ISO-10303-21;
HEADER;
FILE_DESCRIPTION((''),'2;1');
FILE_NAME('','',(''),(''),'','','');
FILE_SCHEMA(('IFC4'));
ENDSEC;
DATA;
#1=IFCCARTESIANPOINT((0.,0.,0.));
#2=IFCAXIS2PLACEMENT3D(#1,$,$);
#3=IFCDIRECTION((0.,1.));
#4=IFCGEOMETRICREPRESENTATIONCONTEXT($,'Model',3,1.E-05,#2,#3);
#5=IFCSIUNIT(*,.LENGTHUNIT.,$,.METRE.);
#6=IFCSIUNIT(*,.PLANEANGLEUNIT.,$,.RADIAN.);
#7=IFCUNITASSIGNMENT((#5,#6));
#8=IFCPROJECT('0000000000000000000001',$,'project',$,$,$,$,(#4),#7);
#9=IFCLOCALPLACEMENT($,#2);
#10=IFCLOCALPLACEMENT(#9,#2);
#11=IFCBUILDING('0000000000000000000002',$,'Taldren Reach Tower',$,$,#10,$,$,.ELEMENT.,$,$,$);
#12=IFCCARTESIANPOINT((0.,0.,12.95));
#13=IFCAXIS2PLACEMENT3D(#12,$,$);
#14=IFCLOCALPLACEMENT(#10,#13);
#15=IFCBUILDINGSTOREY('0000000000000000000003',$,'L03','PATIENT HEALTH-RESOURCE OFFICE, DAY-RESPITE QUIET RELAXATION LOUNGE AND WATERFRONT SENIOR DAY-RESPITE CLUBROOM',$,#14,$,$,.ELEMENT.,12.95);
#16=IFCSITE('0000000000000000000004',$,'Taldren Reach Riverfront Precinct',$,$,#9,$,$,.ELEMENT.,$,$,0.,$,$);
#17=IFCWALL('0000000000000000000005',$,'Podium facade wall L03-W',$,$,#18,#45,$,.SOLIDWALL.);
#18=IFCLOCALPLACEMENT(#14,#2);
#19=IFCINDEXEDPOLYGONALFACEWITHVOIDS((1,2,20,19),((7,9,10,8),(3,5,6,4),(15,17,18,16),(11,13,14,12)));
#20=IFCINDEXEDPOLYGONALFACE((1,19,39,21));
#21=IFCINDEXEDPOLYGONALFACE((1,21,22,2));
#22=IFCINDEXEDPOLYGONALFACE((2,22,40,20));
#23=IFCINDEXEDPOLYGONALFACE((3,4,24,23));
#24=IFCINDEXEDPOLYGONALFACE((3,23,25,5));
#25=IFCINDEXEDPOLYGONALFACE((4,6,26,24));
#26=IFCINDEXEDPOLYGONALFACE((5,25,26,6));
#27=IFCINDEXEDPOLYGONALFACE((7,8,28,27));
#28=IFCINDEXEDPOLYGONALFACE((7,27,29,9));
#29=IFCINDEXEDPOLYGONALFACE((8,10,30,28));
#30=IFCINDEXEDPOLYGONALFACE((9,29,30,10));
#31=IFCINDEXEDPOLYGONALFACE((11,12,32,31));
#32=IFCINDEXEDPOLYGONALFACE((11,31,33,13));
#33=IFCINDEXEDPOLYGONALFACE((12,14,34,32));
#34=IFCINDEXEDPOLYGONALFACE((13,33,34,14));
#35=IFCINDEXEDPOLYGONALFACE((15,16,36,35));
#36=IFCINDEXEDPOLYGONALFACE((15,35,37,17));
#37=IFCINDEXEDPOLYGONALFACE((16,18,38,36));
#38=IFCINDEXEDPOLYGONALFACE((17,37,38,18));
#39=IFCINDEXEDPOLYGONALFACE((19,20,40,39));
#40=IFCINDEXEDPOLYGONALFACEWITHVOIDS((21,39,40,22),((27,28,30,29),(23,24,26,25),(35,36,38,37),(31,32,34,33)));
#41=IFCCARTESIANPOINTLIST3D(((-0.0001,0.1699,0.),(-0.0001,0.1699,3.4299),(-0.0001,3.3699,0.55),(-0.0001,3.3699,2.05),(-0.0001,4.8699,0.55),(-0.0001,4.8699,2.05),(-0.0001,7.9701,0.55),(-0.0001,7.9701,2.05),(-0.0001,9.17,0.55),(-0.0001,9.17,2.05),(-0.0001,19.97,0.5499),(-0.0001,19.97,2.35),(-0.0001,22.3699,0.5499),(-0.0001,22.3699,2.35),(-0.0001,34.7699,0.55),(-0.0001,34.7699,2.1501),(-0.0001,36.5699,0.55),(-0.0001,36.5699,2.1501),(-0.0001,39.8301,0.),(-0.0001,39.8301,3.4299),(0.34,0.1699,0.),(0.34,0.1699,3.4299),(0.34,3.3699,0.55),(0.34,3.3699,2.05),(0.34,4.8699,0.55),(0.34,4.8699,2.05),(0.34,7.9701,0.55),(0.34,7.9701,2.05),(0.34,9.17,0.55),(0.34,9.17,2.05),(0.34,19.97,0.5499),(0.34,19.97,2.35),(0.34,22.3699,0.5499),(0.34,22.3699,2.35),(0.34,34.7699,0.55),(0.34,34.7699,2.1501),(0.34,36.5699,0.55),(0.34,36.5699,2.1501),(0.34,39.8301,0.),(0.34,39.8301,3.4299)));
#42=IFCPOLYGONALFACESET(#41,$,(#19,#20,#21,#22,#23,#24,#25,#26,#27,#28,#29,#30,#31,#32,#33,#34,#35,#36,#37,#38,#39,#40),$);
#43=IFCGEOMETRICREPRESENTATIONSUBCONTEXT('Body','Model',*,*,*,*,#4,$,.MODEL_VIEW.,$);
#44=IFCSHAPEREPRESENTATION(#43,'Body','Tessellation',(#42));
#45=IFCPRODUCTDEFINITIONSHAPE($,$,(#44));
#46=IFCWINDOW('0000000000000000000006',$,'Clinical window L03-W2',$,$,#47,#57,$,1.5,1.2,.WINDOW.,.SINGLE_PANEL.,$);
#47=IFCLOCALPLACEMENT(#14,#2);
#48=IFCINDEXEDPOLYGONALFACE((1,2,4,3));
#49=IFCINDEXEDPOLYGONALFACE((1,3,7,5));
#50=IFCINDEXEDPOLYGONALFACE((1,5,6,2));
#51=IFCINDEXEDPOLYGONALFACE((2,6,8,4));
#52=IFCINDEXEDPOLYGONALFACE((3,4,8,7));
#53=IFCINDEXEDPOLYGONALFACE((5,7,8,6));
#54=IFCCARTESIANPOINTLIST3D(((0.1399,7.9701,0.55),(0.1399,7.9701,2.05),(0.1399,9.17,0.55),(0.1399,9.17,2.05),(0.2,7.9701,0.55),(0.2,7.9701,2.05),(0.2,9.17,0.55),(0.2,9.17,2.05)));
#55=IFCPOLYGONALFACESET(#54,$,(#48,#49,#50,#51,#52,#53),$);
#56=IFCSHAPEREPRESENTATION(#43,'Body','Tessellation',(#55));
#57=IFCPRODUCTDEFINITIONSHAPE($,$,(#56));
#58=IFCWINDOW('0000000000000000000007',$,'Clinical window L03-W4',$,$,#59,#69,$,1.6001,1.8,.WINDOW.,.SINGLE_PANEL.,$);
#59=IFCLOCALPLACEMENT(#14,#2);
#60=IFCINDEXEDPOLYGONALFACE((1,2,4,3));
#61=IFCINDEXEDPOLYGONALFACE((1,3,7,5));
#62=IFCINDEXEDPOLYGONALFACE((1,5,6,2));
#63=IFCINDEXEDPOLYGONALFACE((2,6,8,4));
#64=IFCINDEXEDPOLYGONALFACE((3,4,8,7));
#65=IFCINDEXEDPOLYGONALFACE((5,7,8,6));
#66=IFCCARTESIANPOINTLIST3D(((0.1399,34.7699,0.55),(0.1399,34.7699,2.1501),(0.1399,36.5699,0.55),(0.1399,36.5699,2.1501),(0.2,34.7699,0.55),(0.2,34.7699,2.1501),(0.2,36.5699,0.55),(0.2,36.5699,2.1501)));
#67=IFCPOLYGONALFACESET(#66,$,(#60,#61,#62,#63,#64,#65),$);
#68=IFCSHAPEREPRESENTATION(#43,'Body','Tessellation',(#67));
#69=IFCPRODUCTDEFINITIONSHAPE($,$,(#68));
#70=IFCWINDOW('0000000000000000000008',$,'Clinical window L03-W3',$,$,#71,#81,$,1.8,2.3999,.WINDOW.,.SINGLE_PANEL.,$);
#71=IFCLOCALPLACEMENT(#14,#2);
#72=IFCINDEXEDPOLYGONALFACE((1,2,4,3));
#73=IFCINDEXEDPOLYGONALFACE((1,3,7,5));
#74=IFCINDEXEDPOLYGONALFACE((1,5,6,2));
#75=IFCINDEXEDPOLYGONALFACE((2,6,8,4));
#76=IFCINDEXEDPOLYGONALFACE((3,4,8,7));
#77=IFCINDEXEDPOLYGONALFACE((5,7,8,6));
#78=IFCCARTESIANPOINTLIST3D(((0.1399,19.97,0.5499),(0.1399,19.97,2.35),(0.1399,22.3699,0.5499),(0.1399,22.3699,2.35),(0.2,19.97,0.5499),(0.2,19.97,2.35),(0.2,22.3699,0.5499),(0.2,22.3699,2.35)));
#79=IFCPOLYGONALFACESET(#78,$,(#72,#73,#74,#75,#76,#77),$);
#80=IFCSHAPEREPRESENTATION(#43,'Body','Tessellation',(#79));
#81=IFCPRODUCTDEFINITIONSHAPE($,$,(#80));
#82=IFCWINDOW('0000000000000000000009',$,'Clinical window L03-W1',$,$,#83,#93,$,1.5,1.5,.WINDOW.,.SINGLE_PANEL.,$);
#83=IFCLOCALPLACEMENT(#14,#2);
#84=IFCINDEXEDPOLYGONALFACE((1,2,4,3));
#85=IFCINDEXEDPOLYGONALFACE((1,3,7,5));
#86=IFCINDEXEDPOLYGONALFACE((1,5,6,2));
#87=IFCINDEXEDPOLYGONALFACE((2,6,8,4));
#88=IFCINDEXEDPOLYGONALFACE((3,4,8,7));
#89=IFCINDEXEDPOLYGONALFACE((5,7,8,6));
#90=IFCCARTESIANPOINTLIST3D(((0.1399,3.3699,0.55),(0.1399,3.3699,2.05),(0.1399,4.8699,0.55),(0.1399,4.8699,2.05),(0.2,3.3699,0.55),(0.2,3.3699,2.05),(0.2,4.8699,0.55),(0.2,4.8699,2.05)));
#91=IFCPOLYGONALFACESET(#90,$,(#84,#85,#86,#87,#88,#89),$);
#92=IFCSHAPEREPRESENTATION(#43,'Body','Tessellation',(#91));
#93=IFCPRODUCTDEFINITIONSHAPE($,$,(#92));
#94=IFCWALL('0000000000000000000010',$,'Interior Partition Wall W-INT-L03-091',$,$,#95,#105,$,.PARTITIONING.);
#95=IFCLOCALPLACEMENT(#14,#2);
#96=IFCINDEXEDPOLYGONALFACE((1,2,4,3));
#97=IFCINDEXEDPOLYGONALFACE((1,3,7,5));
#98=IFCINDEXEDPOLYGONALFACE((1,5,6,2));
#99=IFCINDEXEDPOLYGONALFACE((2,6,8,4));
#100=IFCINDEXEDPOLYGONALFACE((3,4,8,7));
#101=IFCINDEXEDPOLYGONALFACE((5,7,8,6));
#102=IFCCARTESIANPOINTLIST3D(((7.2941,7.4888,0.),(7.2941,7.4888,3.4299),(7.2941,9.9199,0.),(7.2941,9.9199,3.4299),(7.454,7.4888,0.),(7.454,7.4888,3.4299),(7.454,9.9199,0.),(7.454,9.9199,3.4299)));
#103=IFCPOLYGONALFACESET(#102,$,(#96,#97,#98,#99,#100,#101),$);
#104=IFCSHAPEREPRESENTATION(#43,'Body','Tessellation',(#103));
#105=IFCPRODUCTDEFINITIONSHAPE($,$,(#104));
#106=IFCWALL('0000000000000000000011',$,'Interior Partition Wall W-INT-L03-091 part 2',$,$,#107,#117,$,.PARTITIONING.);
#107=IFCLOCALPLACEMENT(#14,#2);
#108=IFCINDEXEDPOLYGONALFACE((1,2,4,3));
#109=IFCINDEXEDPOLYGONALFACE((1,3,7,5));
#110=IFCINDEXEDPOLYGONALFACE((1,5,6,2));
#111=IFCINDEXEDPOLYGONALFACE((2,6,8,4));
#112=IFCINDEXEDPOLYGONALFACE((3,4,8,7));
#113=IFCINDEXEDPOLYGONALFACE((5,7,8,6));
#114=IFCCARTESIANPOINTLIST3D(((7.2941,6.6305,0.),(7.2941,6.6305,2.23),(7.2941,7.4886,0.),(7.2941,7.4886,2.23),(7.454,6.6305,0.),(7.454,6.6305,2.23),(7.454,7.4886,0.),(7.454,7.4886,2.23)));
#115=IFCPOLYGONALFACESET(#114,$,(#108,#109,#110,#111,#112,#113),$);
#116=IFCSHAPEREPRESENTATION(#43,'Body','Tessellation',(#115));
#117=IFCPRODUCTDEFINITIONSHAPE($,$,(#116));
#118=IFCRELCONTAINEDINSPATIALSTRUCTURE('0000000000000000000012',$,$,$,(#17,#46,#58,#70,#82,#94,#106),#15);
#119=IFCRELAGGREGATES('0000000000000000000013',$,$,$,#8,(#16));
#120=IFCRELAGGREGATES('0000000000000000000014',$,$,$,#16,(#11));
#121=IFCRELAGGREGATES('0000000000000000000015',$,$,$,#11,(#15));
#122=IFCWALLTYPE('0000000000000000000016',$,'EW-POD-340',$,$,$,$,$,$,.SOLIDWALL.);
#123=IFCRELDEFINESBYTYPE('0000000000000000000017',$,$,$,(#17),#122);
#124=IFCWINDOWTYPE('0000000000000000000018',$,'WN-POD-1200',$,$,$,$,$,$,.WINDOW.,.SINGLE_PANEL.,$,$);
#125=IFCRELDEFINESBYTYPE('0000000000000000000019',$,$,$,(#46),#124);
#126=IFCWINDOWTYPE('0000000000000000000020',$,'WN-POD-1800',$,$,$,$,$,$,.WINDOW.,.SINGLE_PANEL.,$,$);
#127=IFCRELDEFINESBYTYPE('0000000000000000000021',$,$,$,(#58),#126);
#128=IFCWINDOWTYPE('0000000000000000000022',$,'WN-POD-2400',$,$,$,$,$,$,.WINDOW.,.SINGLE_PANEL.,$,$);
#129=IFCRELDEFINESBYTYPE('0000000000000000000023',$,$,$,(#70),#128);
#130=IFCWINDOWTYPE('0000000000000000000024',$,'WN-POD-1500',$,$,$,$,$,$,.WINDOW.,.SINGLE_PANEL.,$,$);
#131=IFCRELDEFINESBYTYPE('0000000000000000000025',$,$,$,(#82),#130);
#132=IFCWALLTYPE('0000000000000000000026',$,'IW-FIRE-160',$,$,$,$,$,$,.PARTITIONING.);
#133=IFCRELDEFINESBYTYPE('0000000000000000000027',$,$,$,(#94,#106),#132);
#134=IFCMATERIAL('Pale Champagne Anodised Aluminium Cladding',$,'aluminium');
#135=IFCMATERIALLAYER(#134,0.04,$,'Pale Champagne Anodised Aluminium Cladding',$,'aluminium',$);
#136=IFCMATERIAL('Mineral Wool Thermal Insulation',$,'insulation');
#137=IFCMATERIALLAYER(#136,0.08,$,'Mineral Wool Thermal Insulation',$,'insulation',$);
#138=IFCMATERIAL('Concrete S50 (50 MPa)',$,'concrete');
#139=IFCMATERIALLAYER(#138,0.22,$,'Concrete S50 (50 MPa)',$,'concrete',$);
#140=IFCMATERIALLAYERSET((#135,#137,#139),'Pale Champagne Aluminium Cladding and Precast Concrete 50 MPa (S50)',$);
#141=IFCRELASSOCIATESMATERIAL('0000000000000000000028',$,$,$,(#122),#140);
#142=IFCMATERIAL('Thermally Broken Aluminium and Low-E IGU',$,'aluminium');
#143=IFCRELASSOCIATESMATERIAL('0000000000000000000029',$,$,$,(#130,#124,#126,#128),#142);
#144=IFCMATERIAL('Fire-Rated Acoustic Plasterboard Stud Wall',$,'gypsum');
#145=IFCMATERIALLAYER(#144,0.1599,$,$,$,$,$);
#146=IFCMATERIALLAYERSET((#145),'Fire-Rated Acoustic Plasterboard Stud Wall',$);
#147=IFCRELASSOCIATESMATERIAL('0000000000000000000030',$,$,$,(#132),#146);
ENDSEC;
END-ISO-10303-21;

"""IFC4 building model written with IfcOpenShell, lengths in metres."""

from ifc_helpers import new_model, si_unit, direction, frame, frame_2d, origin, place, context, subcontext, project, spatial, rectangle, extrude, source, transform, mapped, material, layer, layer_set, type_object, element, fill, save


model = new_model("IFC4")

# Units and contexts
model_context = context("Model", 3, precision=1e-05, world=origin(), true_north=direction((0.0, 1.0)))
body_context = subcontext(model_context, "Body", "Model", "MODEL_VIEW")
ifc_project = project(units=[si_unit("LENGTHUNIT", "METRE"), si_unit("PLANEANGLEUNIT", "RADIAN")], contexts=[model_context])

# Site, building, storey
site_placement = place(None, origin())
site = spatial("IfcSite", under=ifc_project, at=site_placement, Name="Taldren Reach Riverfront Precinct", CompositionType="ELEMENT", RefElevation=0.0)
building_placement = place(site_placement, origin())
building = spatial("IfcBuilding", under=site, at=building_placement, Name="Taldren Reach Tower", CompositionType="ELEMENT")
storey_placement = place(building_placement, frame((0.0, 0.0, 12.95)))
storey = spatial("IfcBuildingStorey", under=building, at=storey_placement, Name="L03", Description="PATIENT HEALTH-RESOURCE OFFICE, DAY-RESPITE QUIET RELAXATION LOUNGE AND WATERFRONT SENIOR DAY-RESPITE CLUBROOM", CompositionType="ELEMENT", Elevation=12.95)

# Shared definitions
ifc_material_1 = material(Name="Concrete S50 (50 MPa)", Category="concrete")

# Shared definitions
ifc_material_2 = material(Name="Pale Champagne Anodised Aluminium Cladding", Category="aluminium")
ifc_layer_1 = layer(ifc_material_2, 0.04, Name="Pale Champagne Anodised Aluminium Cladding", Category="aluminium")
ifc_material_3 = material(Name="Mineral Wool Thermal Insulation", Category="insulation")
ifc_layer_2 = layer(ifc_material_3, 0.08, Name="Mineral Wool Thermal Insulation", Category="insulation")
ifc_layer_3 = layer(ifc_material_1, 0.22, Name="Concrete S50 (50 MPa)", Category="concrete")
ifc_layer_set_1 = layer_set([ifc_layer_1, ifc_layer_2, ifc_layer_3], Name="Pale Champagne Aluminium Cladding and Precast Concrete 50 MPa (S50)")
wall_type_1 = type_object("IfcWallType", Name="EW-POD-340", PredefinedType="SOLIDWALL", material=ifc_layer_set_1)
shared_shape_1 = source(origin(), body_context, "Body", "SweptSolid", [
    extrude(rectangle(XDim=1.5, YDim=1.5, at=frame_2d((0.75, 0.75))), frame((0.0, 0.1802, 0.0), z_axis=(0.0, -1.0, 0.0), x_axis=(1.0, 0.0, 0.0)), (0.0, 0.0, 1.0), 0.3601),
])
ifc_material_4 = material(Name="Thermally Broken Aluminium and Low-E IGU", Category="aluminium")
window_type_1 = type_object("IfcWindowType", Name="WN-POD-1500", PartitioningType="SINGLE_PANEL", PredefinedType="WINDOW", material=ifc_material_4)
shared_shape_2 = source(origin(), body_context, "Body", "SweptSolid", [
    extrude(rectangle(XDim=1.5, YDim=1.5, at=frame_2d((0.75, 0.75))), frame((0.0, 0.03, 0.0), z_axis=(0.0, -1.0, 0.0), x_axis=(1.0, 0.0, 0.0)), (0.0, 0.0, 1.0), 0.0601),
])

# Wall, openings, windows
shared_shape_3 = source(origin(), body_context, "Body", "SweptSolid", [
    extrude(rectangle(XDim=39.6602, YDim=0.3401, at=frame_2d((19.8301, 0.0))), origin(), (0.0, 0.0, 1.0), 3.4299),
])
wall_1_placement = place(storey_placement, frame((0.1699, 0.1699, 0.0), z_axis=(0.0, 0.0, 1.0), x_axis=(0.0, 1.0, 0.0)))
wall_1 = element("IfcWall", 1, at=wall_1_placement, inside=storey, type_object=wall_type_1, Name="Podium facade wall L03-W", PredefinedType="SOLIDWALL", context=body_context, shape_type="MappedRepresentation", body=[
    mapped(shared_shape_3, transform((0.0, 0.0, 0.0), scale=1.0)),
])
opening_1_placement = place(wall_1_placement, frame((3.2, 0.0, 0.55)))
opening_1 = element("IfcOpeningElement", 2, at=opening_1_placement, cuts=wall_1, PredefinedType="OPENING", context=body_context, shape_type="MappedRepresentation", body=[
    mapped(shared_shape_1, transform((0.0, 0.0, 0.0), scale=1.0)),
])
shared_shape_4 = source(origin(), body_context, "Body", "SweptSolid", [
    extrude(rectangle(XDim=1.2, YDim=1.5, at=frame_2d((0.6001, 0.75))), frame((0.0, 0.1802, 0.0), z_axis=(0.0, -1.0, 0.0), x_axis=(1.0, 0.0, 0.0)), (0.0, 0.0, 1.0), 0.3601),
])
opening_2_placement = place(wall_1_placement, frame((7.8, 0.0, 0.55)))
opening_2 = element("IfcOpeningElement", 3, at=opening_2_placement, cuts=wall_1, PredefinedType="OPENING", context=body_context, shape_type="MappedRepresentation", body=[
    mapped(shared_shape_4, transform((0.0, 0.0, 0.0), scale=1.0)),
])
shared_shape_5 = source(origin(), body_context, "Body", "SweptSolid", [
    extrude(rectangle(XDim=2.3999, YDim=1.8, at=frame_2d((1.2, 0.8999))), frame((0.0, 0.1802, 0.0), z_axis=(0.0, -1.0, 0.0), x_axis=(1.0, 0.0, 0.0)), (0.0, 0.0, 1.0), 0.3601),
])
opening_3_placement = place(wall_1_placement, frame((19.8, 0.0, 0.55)))
opening_3 = element("IfcOpeningElement", 4, at=opening_3_placement, cuts=wall_1, PredefinedType="OPENING", context=body_context, shape_type="MappedRepresentation", body=[
    mapped(shared_shape_5, transform((0.0, 0.0, 0.0), scale=1.0)),
])
shared_shape_6 = source(origin(), body_context, "Body", "SweptSolid", [
    extrude(rectangle(XDim=1.8, YDim=1.6001, at=frame_2d((0.8999, 0.8))), frame((0.0, 0.1802, 0.0), z_axis=(0.0, -1.0, 0.0), x_axis=(1.0, 0.0, 0.0)), (0.0, 0.0, 1.0), 0.3601),
])
opening_4_placement = place(wall_1_placement, frame((34.6001, 0.0, 0.55)))
opening_4 = element("IfcOpeningElement", 5, at=opening_4_placement, cuts=wall_1, PredefinedType="OPENING", context=body_context, shape_type="MappedRepresentation", body=[
    mapped(shared_shape_6, transform((0.0, 0.0, 0.0), scale=1.0)),
])
window_type_2 = type_object("IfcWindowType", Name="WN-POD-1200", PartitioningType="SINGLE_PANEL", PredefinedType="WINDOW", material=ifc_material_4)
shared_shape_7 = source(origin(), body_context, "Body", "SweptSolid", [
    extrude(rectangle(XDim=1.2, YDim=1.5, at=frame_2d((0.6001, 0.75))), frame((0.0, 0.03, 0.0), z_axis=(0.0, -1.0, 0.0), x_axis=(1.0, 0.0, 0.0)), (0.0, 0.0, 1.0), 0.0601),
])
window_1_placement = place(opening_2_placement, origin())
window_1 = element("IfcWindow", 6, at=window_1_placement, inside=storey, type_object=window_type_2, Name="Clinical window L03-W2", OverallHeight=1.5, OverallWidth=1.2, PartitioningType="SINGLE_PANEL", PredefinedType="WINDOW", context=body_context, shape_type="MappedRepresentation", body=[
    mapped(shared_shape_7, transform((0.0, 0.0, 0.0), scale=1.0)),
])
fill(opening_2, window_1)
window_type_3 = type_object("IfcWindowType", Name="WN-POD-1800", PartitioningType="SINGLE_PANEL", PredefinedType="WINDOW", material=ifc_material_4)
shared_shape_8 = source(origin(), body_context, "Body", "SweptSolid", [
    extrude(rectangle(XDim=1.8, YDim=1.6001, at=frame_2d((0.8999, 0.8))), frame((0.0, 0.03, 0.0), z_axis=(0.0, -1.0, 0.0), x_axis=(1.0, 0.0, 0.0)), (0.0, 0.0, 1.0), 0.0601),
])
window_2_placement = place(opening_4_placement, origin())
window_2 = element("IfcWindow", 7, at=window_2_placement, inside=storey, type_object=window_type_3, Name="Clinical window L03-W4", OverallHeight=1.6001, OverallWidth=1.8, PartitioningType="SINGLE_PANEL", PredefinedType="WINDOW", context=body_context, shape_type="MappedRepresentation", body=[
    mapped(shared_shape_8, transform((0.0, 0.0, 0.0), scale=1.0)),
])
fill(opening_4, window_2)
window_type_4 = type_object("IfcWindowType", Name="WN-POD-2400", PartitioningType="SINGLE_PANEL", PredefinedType="WINDOW", material=ifc_material_4)
shared_shape_9 = source(origin(), body_context, "Body", "SweptSolid", [
    extrude(rectangle(XDim=2.3999, YDim=1.8, at=frame_2d((1.2, 0.8999))), frame((0.0, 0.03, 0.0), z_axis=(0.0, -1.0, 0.0), x_axis=(1.0, 0.0, 0.0)), (0.0, 0.0, 1.0), 0.0601),
])
window_3_placement = place(opening_3_placement, origin())
window_3 = element("IfcWindow", 8, at=window_3_placement, inside=storey, type_object=window_type_4, Name="Clinical window L03-W3", OverallHeight=1.8, OverallWidth=2.3999, PartitioningType="SINGLE_PANEL", PredefinedType="WINDOW", context=body_context, shape_type="MappedRepresentation", body=[
    mapped(shared_shape_9, transform((0.0, 0.0, 0.0), scale=1.0)),
])
fill(opening_3, window_3)
window_4_placement = place(opening_1_placement, origin())
window_4 = element("IfcWindow", 9, at=window_4_placement, inside=storey, type_object=window_type_1, Name="Clinical window L03-W1", OverallHeight=1.5, OverallWidth=1.5, PartitioningType="SINGLE_PANEL", PredefinedType="WINDOW", context=body_context, shape_type="MappedRepresentation", body=[
    mapped(shared_shape_2, transform((0.0, 0.0, 0.0), scale=1.0)),
])
fill(opening_1, window_4)

# Walls
ifc_material_5 = material(Name="Fire-Rated Acoustic Plasterboard Stud Wall", Category="gypsum")
ifc_layer_4 = layer(ifc_material_5, 0.1599)
ifc_layer_set_2 = layer_set([ifc_layer_4], Name="Fire-Rated Acoustic Plasterboard Stud Wall")
wall_type_2 = type_object("IfcWallType", Name="IW-FIRE-160", PredefinedType="PARTITIONING", material=ifc_layer_set_2)
shared_shape_10 = source(origin(), body_context, "Body", "SweptSolid", [
    extrude(rectangle(XDim=2.4312, YDim=0.1599, at=frame_2d((1.2156, 0.0))), origin(), (0.0, 0.0, 1.0), 3.4299),
])
wall_2_placement = place(storey_placement, frame((7.374, 9.9199, 0.0), z_axis=(0.0, 0.0, 1.0), x_axis=(0.0, -1.0, 0.0)))
element("IfcWall", 10, at=wall_2_placement, inside=storey, type_object=wall_type_2, Name="Interior Partition Wall W-INT-L03-091", PredefinedType="PARTITIONING", context=body_context, shape_type="MappedRepresentation", body=[
    mapped(shared_shape_10, transform((0.0, 0.0, 0.0), scale=1.0)),
])
shared_shape_11 = source(origin(), body_context, "Body", "SweptSolid", [
    extrude(rectangle(XDim=0.8582, YDim=0.1599, at=frame_2d((0.4292, 0.0))), origin(), (0.0, 0.0, 1.0), 2.23),
])
wall_3_placement = place(storey_placement, frame((7.374, 7.4888, 0.0), z_axis=(0.0, 0.0, 1.0), x_axis=(0.0, -1.0, 0.0)))
element("IfcWall", 11, at=wall_3_placement, inside=storey, type_object=wall_type_2, Name="Interior Partition Wall W-INT-L03-091 part 2", PredefinedType="PARTITIONING", context=body_context, shape_type="MappedRepresentation", body=[
    mapped(shared_shape_11, transform((0.0, 0.0, 0.0), scale=1.0)),
])

save(model, "model.ifc")
